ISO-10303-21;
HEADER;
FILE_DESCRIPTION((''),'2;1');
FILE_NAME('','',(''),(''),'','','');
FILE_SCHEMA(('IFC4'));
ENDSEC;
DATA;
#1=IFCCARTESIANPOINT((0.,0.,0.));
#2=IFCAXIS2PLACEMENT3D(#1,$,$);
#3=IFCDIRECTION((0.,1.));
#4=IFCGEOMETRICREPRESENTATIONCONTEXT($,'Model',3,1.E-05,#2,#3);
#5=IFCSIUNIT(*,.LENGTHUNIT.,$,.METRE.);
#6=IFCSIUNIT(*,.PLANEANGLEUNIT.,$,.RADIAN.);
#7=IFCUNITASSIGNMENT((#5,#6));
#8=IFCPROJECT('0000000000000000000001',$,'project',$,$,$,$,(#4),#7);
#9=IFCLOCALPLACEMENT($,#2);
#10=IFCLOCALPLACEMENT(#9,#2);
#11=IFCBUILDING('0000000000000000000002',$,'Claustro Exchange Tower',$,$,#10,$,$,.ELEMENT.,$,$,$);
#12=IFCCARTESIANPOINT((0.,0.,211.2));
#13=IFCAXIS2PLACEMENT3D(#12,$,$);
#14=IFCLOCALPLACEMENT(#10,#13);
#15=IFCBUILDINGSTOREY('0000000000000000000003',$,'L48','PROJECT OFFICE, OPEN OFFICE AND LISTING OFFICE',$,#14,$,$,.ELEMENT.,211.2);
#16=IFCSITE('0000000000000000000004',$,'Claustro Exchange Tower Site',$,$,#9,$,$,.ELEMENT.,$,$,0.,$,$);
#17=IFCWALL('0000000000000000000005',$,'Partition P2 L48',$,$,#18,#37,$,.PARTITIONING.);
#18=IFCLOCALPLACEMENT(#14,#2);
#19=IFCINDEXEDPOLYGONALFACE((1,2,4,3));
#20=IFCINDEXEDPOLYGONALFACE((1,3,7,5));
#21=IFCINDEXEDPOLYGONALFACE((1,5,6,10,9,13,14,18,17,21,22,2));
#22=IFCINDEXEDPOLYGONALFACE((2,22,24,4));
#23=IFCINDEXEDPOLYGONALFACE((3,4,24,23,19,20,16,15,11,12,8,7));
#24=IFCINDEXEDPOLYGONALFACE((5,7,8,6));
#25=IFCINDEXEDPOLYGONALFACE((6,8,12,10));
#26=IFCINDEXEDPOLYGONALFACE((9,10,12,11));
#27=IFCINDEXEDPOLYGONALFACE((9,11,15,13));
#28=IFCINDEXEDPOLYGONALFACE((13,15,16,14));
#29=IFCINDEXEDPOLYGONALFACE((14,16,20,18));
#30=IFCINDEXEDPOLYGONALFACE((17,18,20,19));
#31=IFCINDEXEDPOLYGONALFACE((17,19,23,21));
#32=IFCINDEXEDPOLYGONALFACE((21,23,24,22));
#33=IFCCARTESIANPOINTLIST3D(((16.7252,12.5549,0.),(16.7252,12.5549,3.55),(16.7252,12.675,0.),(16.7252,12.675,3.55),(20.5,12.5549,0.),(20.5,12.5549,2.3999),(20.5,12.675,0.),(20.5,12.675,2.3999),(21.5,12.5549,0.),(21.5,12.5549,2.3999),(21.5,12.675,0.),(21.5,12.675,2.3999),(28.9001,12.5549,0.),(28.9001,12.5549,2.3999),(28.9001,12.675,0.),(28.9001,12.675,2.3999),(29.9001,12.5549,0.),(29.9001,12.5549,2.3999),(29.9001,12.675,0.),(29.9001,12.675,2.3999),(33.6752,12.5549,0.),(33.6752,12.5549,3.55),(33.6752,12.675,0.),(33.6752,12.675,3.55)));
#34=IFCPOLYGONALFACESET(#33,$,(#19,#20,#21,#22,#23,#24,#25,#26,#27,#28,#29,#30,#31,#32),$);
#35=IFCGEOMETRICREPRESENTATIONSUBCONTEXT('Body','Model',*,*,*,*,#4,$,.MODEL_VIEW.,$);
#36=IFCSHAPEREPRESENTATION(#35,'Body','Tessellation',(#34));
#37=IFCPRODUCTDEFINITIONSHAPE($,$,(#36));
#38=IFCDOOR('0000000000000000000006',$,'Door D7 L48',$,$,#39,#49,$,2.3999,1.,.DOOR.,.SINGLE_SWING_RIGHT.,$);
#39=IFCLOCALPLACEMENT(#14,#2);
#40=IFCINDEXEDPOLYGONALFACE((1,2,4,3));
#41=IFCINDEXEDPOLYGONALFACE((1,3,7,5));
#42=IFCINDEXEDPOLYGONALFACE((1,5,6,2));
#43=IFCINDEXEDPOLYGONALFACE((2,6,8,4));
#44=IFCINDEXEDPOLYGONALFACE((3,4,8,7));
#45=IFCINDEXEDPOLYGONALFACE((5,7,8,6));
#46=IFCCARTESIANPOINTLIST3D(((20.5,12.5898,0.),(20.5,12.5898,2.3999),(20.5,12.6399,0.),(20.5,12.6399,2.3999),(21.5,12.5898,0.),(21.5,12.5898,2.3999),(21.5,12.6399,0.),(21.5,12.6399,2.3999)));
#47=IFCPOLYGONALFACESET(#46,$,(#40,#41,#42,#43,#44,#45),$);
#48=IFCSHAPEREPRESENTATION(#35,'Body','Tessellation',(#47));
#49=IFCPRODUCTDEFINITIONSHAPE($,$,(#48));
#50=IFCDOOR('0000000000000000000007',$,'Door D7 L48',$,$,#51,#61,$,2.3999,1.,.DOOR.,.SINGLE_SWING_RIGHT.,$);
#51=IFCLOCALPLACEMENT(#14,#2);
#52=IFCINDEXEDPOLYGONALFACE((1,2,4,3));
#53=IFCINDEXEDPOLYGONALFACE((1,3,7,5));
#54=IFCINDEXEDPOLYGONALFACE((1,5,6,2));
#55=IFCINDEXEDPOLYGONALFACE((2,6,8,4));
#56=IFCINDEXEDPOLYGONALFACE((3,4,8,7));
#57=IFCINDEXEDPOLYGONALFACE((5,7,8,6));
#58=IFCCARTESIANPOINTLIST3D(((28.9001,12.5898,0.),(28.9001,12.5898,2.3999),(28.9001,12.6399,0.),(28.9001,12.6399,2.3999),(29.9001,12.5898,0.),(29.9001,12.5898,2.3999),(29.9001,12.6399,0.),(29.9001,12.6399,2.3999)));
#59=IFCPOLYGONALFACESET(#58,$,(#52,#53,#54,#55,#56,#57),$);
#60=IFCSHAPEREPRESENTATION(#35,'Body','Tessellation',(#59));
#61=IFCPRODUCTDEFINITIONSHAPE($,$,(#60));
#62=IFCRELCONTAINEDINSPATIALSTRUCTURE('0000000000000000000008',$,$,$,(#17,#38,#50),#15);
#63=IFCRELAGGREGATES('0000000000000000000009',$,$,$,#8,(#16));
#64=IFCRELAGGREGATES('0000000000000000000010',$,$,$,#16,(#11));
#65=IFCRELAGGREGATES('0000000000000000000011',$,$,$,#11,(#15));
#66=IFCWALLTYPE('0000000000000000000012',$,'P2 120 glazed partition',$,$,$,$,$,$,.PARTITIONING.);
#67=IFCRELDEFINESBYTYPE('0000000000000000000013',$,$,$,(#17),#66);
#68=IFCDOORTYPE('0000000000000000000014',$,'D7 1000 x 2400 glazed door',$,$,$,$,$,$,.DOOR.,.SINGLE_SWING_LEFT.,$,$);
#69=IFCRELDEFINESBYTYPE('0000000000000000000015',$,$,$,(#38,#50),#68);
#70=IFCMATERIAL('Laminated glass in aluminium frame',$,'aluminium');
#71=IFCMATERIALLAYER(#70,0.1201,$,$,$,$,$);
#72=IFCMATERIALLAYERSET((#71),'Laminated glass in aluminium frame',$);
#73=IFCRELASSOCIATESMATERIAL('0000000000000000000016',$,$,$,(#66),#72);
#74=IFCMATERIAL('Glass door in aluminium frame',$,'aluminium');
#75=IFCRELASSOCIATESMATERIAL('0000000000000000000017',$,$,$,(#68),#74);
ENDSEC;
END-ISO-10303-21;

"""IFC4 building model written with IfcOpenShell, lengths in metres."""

from ifc_helpers import new_model, si_unit, direction, frame, frame_2d, origin, place, context, subcontext, project, spatial, rectangle, extrude, material, layer, layer_set, type_object, element, fill, save


model = new_model("IFC4")

# Units and contexts
model_context = context("Model", 3, precision=1e-05, world=origin(), true_north=direction((0.0, 1.0)))
body_context = subcontext(model_context, "Body", "Model", "MODEL_VIEW")
ifc_project = project(units=[si_unit("LENGTHUNIT", "METRE"), si_unit("PLANEANGLEUNIT", "RADIAN")], contexts=[model_context])

# Site, building, storey
site_placement = place(None, origin())
site = spatial("IfcSite", under=ifc_project, at=site_placement, Name="Claustro Exchange Tower Site", CompositionType="ELEMENT", RefElevation=0.0)
building_placement = place(site_placement, origin())
building = spatial("IfcBuilding", under=site, at=building_placement, Name="Claustro Exchange Tower", CompositionType="ELEMENT")
storey_placement = place(building_placement, frame((0.0, 0.0, 211.2)))
storey = spatial("IfcBuildingStorey", under=building, at=storey_placement, Name="L48", Description="PROJECT OFFICE, OPEN OFFICE AND LISTING OFFICE", CompositionType="ELEMENT", Elevation=211.2)

# Wall, openings, doors
ifc_material_1 = material(Name="Laminated glass in aluminium frame", Category="aluminium")
ifc_layer_1 = layer(ifc_material_1, 0.1201)
ifc_layer_set_1 = layer_set([ifc_layer_1], Name="Laminated glass in aluminium frame")
wall_type_1 = type_object("IfcWallType", Name="P2 120 glazed partition", PredefinedType="PARTITIONING", material=ifc_layer_set_1)
wall_1_placement = place(storey_placement, frame((16.7251, 12.615, 0.0), z_axis=(0.0, 0.0, 1.0), x_axis=(1.0, 0.0, 0.0)))
wall_1 = element("IfcWall", 1, at=wall_1_placement, inside=storey, type_object=wall_type_1, Name="Partition P2 L48", PredefinedType="PARTITIONING", context=body_context, shape_type="SweptSolid", body=[
    extrude(rectangle(XDim=16.95, YDim=0.1201, at=frame_2d((8.4751, 0.0))), origin(), (0.0, 0.0, 1.0), 3.55),
])
opening_1_placement = place(wall_1_placement, frame((3.7749, 0.0, 0.0)))
opening_1 = element("IfcOpeningElement", 2, at=opening_1_placement, cuts=wall_1, PredefinedType="OPENING", context=body_context, shape_type="SweptSolid", body=[
    extrude(rectangle(XDim=1.0, YDim=2.3999, at=frame_2d((0.5, 1.2))), frame((0.0, 0.0701, 0.0), z_axis=(0.0, -1.0, 0.0), x_axis=(1.0, 0.0, 0.0)), (0.0, 0.0, 1.0), 0.1401),
])
opening_2_placement = place(wall_1_placement, frame((12.175, 0.0, 0.0)))
opening_2 = element("IfcOpeningElement", 3, at=opening_2_placement, cuts=wall_1, PredefinedType="OPENING", context=body_context, shape_type="SweptSolid", body=[
    extrude(rectangle(XDim=1.0, YDim=2.3999, at=frame_2d((0.5, 1.2))), frame((0.0, 0.0701, 0.0), z_axis=(0.0, -1.0, 0.0), x_axis=(1.0, 0.0, 0.0)), (0.0, 0.0, 1.0), 0.1401),
])
ifc_material_2 = material(Name="Glass door in aluminium frame", Category="aluminium")
door_type_1 = type_object("IfcDoorType", Name="D7 1000 x 2400 glazed door", OperationType="SINGLE_SWING_LEFT", PredefinedType="DOOR", material=ifc_material_2)
door_1_placement = place(opening_1_placement, origin())
door_1 = element("IfcDoor", 4, at=door_1_placement, inside=storey, type_object=door_type_1, Name="Door D7 L48", OperationType="SINGLE_SWING_RIGHT", OverallHeight=2.3999, OverallWidth=1.0, PredefinedType="DOOR", context=body_context, shape_type="SweptSolid", body=[
    extrude(rectangle(XDim=1.0, YDim=2.3999, at=frame_2d((0.5, 1.2))), frame((0.0, 0.0249, 0.0), z_axis=(0.0, -1.0, 0.0), x_axis=(1.0, 0.0, 0.0)), (0.0, 0.0, 1.0), 0.05),
])
fill(opening_1, door_1)
door_2_placement = place(opening_2_placement, origin())
door_2 = element("IfcDoor", 5, at=door_2_placement, inside=storey, type_object=door_type_1, Name="Door D7 L48", OperationType="SINGLE_SWING_RIGHT", OverallHeight=2.3999, OverallWidth=1.0, PredefinedType="DOOR", context=body_context, shape_type="SweptSolid", body=[
    extrude(rectangle(XDim=1.0, YDim=2.3999, at=frame_2d((0.5, 1.2))), frame((0.0, 0.0249, 0.0), z_axis=(0.0, -1.0, 0.0), x_axis=(1.0, 0.0, 0.0)), (0.0, 0.0, 1.0), 0.05),
])
fill(opening_2, door_2)

save(model, "model.ifc")
